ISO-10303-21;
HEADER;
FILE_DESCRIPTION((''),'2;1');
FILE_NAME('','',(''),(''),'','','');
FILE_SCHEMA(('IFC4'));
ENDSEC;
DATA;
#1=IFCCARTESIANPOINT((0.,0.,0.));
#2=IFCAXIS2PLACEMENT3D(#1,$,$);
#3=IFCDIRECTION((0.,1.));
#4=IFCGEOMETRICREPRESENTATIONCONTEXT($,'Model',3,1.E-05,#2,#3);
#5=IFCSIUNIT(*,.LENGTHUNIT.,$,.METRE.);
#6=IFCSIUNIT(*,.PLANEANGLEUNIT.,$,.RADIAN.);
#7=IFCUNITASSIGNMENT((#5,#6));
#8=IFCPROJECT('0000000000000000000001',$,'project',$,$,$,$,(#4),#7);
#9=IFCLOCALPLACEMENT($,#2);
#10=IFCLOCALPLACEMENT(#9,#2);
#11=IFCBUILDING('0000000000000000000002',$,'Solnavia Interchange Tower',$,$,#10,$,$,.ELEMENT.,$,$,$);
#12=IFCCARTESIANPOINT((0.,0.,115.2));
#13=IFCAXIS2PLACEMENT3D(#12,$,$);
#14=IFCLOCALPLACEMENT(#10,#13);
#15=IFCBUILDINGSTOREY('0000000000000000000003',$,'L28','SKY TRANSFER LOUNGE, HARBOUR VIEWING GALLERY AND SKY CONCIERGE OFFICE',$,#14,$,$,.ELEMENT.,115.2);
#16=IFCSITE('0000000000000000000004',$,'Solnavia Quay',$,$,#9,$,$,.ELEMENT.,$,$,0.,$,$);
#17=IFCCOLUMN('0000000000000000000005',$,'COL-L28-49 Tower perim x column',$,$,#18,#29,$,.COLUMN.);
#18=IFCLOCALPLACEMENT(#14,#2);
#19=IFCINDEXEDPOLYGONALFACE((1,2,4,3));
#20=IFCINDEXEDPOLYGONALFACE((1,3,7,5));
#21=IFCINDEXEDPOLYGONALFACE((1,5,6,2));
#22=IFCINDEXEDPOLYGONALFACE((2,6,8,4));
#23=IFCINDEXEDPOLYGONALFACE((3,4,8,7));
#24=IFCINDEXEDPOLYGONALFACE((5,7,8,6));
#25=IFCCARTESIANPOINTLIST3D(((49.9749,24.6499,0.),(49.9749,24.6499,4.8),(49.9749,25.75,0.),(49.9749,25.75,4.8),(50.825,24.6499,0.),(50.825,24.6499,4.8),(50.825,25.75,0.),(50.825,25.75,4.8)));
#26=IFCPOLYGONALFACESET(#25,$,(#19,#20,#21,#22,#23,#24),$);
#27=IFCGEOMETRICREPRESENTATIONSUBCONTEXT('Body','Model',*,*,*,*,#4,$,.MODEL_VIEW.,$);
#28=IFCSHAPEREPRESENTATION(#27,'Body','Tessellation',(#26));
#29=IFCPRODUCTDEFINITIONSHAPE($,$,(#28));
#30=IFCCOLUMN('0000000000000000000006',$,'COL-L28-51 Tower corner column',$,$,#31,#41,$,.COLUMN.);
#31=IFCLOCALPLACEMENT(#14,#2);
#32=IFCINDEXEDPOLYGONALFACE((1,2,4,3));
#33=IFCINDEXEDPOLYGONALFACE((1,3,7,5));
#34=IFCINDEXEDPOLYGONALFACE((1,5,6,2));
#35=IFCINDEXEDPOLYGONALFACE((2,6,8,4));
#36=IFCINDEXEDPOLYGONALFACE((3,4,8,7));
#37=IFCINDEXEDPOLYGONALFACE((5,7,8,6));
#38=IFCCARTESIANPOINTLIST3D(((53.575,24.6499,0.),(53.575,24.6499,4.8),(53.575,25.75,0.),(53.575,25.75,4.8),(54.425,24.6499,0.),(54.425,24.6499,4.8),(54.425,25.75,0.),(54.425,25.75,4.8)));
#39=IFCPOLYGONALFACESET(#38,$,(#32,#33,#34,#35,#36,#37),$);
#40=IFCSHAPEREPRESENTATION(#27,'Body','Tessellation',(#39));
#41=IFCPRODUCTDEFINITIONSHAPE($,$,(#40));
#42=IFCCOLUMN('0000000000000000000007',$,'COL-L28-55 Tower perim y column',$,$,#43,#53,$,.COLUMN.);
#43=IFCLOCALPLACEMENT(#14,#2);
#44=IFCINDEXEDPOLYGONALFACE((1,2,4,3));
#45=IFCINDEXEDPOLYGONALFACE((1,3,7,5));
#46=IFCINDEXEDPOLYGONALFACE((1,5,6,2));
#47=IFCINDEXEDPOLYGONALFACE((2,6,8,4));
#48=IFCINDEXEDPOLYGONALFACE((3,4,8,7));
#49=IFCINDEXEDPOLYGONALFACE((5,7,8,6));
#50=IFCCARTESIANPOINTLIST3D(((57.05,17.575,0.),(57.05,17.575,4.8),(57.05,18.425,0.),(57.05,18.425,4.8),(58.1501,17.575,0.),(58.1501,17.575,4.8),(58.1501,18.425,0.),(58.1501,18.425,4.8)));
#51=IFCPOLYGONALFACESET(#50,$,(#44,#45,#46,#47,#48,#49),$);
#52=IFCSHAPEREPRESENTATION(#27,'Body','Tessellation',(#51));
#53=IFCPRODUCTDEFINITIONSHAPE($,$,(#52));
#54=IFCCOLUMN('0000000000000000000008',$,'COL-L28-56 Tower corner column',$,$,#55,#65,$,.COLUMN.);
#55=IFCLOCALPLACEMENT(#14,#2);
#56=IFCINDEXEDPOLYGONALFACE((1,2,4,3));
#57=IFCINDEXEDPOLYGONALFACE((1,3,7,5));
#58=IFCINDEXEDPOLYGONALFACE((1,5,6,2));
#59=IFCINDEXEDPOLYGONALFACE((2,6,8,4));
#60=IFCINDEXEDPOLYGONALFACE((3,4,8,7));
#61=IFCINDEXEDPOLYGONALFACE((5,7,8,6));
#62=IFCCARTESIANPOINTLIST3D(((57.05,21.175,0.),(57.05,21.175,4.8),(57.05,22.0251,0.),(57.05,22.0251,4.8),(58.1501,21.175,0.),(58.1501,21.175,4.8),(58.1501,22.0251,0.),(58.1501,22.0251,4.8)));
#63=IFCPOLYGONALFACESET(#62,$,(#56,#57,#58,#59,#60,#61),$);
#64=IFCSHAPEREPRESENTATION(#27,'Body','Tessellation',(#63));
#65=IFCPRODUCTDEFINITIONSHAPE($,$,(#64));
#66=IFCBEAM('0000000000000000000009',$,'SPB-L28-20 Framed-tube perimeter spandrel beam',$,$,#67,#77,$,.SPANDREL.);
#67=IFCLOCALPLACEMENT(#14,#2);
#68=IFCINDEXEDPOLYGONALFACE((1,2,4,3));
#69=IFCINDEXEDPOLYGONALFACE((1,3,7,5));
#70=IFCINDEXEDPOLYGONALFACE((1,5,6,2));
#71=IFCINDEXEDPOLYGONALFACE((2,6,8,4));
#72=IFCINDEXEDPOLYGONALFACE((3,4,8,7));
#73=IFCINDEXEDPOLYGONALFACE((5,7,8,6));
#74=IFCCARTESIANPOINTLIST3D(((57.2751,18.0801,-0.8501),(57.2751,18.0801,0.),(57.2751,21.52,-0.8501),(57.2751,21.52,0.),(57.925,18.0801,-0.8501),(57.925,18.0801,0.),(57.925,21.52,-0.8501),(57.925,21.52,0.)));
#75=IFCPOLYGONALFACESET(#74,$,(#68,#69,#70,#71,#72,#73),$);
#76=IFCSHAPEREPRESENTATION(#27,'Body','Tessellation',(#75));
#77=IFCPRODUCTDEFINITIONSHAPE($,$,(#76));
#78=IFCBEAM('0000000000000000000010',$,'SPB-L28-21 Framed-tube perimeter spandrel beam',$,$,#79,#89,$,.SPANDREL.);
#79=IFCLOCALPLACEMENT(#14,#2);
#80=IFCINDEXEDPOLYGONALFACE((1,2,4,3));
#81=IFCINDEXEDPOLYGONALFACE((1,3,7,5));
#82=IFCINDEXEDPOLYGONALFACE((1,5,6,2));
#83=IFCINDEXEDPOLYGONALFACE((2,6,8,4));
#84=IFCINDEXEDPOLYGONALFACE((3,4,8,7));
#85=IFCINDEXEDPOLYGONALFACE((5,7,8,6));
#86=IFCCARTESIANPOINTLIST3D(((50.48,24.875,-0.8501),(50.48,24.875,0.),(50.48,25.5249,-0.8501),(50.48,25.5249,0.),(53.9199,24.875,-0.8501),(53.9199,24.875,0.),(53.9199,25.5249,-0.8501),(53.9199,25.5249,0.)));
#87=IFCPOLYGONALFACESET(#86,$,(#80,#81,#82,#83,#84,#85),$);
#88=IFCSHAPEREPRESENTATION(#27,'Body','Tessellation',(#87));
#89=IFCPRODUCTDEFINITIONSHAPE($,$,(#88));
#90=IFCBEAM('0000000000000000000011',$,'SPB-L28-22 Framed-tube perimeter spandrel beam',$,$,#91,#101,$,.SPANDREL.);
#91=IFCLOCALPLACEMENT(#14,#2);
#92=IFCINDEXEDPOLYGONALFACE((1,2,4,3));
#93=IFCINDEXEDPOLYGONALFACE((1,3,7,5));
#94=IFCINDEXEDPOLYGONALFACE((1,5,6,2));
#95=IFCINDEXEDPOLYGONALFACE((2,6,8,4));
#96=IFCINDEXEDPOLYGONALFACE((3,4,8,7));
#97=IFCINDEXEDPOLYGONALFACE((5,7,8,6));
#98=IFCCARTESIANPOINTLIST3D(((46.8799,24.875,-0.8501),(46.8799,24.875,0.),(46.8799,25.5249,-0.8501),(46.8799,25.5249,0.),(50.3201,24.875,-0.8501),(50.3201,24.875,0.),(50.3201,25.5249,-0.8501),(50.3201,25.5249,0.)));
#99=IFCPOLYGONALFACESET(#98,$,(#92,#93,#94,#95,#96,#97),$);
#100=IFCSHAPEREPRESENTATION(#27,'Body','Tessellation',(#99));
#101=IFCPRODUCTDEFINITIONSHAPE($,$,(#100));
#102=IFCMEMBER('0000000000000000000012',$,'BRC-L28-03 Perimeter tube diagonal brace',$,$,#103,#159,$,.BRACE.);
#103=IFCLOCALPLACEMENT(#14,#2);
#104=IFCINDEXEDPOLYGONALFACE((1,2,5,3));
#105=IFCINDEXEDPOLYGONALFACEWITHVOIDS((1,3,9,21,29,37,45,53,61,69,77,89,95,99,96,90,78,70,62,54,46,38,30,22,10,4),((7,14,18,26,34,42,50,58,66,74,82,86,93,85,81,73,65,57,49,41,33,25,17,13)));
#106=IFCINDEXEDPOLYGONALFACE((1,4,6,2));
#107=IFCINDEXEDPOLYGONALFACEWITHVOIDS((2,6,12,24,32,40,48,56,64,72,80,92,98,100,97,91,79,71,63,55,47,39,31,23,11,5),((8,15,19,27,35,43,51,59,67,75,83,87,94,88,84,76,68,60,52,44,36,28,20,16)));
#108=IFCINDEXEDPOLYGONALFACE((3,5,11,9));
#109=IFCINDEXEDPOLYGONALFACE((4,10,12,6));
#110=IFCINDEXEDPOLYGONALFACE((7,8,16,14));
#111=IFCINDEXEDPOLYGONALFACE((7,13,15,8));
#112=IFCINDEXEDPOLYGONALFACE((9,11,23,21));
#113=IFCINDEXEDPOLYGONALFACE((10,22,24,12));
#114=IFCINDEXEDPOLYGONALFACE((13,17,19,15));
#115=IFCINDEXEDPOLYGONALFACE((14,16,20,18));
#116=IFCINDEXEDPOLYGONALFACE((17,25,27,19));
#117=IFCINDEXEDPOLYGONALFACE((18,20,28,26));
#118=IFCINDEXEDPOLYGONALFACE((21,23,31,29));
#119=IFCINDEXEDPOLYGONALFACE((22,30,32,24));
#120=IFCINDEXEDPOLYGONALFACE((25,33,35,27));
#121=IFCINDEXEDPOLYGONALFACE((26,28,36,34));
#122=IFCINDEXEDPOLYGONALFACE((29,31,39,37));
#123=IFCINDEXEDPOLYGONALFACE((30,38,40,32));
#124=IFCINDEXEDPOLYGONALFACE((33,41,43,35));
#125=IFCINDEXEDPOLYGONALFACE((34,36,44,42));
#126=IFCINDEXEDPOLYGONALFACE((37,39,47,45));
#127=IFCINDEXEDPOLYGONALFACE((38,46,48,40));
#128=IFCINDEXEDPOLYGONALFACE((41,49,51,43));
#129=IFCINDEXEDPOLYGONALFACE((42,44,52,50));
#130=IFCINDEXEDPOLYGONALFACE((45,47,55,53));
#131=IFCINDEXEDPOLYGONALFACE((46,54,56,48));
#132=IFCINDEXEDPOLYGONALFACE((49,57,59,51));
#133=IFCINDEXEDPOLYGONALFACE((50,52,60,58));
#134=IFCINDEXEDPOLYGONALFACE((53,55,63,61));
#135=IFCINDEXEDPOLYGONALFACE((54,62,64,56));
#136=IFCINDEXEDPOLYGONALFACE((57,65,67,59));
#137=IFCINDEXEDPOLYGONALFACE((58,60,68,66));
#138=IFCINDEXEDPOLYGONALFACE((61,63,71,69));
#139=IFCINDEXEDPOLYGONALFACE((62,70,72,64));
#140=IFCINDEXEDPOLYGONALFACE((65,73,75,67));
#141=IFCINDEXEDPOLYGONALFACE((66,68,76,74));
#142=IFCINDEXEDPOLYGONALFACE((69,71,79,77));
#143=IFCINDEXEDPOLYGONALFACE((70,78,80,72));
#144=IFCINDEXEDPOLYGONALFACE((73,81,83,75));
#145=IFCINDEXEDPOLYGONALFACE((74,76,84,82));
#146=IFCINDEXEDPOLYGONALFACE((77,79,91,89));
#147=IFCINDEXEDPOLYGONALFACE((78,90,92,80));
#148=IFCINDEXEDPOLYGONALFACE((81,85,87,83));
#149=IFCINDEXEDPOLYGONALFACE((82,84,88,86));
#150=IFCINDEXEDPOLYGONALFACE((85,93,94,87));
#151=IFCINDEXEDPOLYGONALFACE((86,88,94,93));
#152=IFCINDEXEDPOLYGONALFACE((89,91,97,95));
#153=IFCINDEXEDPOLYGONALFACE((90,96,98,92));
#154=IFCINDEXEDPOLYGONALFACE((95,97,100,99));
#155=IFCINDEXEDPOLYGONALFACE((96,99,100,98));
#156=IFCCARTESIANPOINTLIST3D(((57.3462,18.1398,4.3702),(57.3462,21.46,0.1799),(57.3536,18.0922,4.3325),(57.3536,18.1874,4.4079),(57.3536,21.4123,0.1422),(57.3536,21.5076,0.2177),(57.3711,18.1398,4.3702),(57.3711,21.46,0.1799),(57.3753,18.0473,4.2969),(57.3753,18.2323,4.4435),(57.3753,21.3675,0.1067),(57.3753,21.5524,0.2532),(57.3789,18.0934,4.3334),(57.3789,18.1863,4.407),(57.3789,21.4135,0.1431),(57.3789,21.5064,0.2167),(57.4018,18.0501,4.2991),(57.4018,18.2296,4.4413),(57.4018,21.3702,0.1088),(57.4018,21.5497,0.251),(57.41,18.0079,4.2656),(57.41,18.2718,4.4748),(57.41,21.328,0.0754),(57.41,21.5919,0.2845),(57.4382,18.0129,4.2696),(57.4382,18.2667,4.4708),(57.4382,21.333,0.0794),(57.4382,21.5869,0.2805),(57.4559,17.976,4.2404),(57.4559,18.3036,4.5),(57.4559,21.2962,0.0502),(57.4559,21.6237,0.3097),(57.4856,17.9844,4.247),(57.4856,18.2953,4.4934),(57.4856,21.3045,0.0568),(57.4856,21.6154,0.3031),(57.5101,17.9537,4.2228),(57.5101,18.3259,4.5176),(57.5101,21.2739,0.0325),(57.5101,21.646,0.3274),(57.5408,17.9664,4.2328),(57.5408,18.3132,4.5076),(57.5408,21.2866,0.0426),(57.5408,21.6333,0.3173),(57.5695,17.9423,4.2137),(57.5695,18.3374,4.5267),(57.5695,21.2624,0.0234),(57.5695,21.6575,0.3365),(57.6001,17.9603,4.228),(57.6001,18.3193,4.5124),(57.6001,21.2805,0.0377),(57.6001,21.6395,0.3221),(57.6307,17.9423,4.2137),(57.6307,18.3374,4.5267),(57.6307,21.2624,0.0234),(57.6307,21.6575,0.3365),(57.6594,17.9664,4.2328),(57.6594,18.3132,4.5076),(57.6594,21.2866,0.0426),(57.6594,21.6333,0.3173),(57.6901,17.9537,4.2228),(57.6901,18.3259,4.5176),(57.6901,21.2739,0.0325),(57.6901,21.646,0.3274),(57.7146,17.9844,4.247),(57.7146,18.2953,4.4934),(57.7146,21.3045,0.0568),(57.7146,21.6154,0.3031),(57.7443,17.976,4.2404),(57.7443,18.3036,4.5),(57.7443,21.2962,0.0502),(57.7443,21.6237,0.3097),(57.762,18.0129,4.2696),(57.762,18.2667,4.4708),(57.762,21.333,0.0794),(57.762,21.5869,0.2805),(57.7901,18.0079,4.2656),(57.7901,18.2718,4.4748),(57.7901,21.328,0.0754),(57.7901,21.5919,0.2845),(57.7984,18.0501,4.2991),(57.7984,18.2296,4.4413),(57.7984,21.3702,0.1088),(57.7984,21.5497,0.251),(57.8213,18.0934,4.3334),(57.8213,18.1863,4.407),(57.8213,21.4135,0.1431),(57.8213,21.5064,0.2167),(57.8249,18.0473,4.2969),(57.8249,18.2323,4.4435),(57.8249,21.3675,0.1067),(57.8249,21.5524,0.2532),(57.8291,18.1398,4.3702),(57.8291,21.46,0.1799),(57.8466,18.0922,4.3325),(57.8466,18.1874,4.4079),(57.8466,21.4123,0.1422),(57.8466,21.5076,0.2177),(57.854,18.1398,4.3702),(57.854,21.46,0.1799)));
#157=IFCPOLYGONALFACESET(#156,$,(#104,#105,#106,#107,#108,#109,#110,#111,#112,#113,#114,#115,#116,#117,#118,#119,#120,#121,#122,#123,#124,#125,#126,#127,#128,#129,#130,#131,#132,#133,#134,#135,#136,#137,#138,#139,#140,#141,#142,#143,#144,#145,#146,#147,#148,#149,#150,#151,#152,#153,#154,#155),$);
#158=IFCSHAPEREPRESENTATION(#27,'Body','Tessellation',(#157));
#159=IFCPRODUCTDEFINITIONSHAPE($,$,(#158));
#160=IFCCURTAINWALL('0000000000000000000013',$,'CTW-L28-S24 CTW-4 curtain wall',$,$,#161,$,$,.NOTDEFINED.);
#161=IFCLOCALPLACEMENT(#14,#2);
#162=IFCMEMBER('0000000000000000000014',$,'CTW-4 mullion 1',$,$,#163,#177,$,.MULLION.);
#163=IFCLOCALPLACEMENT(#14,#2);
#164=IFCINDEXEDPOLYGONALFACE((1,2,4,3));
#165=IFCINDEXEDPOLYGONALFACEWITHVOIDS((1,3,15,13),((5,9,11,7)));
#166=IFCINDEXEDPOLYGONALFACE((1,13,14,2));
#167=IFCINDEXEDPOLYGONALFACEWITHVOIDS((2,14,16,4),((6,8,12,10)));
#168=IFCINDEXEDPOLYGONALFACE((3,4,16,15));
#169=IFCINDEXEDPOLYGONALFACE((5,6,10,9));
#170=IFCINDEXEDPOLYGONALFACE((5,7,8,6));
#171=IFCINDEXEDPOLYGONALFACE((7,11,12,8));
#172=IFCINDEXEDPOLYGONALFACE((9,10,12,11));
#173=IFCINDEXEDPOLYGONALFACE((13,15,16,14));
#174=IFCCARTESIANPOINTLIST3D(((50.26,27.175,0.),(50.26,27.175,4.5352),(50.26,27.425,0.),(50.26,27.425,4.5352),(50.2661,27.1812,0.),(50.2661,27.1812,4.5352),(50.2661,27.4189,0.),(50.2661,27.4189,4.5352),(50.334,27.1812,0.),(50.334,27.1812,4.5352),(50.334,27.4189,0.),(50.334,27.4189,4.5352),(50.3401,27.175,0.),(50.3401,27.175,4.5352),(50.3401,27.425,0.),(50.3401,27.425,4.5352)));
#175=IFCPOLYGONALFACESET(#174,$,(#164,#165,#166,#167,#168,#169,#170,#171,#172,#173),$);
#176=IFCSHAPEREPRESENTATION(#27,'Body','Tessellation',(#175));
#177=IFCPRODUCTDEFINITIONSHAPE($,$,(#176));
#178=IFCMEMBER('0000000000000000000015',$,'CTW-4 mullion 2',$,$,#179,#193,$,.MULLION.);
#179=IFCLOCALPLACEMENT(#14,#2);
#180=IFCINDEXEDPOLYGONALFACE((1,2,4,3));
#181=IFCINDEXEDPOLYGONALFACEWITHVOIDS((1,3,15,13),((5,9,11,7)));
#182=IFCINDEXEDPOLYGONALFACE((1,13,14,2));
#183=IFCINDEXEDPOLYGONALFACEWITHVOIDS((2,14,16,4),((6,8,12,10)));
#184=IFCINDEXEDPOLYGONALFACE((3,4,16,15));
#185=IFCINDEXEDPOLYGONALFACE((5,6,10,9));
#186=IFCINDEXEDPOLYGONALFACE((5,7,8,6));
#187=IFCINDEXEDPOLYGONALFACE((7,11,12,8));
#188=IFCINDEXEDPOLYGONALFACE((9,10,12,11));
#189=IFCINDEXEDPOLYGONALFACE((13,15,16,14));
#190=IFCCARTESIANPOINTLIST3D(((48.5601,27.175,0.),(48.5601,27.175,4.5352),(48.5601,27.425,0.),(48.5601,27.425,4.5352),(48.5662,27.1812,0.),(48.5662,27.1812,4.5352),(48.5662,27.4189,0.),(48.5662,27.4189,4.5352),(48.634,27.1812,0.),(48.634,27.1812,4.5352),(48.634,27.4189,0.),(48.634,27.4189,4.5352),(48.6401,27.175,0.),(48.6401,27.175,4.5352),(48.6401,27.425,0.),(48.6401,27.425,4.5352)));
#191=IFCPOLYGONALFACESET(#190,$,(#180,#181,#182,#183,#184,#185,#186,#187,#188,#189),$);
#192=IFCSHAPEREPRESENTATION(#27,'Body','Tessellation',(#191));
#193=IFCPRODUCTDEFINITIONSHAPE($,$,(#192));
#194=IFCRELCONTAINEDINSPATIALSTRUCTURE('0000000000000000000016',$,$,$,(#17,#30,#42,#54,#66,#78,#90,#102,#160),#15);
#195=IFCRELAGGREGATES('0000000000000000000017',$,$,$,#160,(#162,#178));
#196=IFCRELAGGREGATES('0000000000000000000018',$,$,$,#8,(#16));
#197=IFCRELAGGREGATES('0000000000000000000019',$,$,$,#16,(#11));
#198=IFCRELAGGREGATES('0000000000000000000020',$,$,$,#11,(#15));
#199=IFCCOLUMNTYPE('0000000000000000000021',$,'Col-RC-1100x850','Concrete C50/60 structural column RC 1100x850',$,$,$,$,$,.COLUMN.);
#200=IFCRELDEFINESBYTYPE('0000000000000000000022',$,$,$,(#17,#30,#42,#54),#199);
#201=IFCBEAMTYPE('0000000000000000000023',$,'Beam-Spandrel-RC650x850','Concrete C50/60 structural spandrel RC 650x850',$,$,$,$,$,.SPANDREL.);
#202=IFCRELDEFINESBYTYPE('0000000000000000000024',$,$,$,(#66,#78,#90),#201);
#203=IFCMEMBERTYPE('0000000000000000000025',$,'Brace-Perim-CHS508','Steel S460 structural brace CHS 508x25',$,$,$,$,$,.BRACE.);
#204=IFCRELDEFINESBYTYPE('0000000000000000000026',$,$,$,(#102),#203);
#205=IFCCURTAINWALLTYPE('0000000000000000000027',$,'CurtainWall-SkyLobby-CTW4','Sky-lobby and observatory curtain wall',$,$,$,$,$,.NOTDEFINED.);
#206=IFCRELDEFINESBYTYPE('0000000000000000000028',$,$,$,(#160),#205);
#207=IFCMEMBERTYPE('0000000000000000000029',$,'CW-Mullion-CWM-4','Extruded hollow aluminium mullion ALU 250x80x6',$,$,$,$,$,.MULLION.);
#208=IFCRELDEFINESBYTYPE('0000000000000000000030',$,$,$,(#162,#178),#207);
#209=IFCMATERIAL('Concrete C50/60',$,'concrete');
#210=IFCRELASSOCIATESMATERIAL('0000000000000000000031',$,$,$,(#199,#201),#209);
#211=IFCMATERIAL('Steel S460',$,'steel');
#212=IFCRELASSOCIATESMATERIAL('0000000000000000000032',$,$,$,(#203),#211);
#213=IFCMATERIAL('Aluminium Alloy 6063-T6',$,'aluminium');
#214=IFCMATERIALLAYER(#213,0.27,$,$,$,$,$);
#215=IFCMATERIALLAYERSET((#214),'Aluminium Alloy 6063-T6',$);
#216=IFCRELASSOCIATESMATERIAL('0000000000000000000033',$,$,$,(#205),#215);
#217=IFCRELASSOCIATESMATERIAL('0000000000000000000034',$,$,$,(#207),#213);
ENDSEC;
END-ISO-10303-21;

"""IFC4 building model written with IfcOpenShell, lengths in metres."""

from ifc_helpers import new_model, si_unit, direction, frame, origin, origin_2d, place, context, subcontext, project, spatial, rectangle, hollow_rectangle, hollow_circle, extrude, material, layer, layer_set, material_profile, profile_set, type_object, element, aggregate, save


model = new_model("IFC4")

# Units and contexts
model_context = context("Model", 3, precision=1e-05, world=origin(), true_north=direction((0.0, 1.0)))
body_context = subcontext(model_context, "Body", "Model", "MODEL_VIEW")
ifc_project = project(units=[si_unit("LENGTHUNIT", "METRE"), si_unit("PLANEANGLEUNIT", "RADIAN")], contexts=[model_context])

# Site, building, storey
site_placement = place(None, origin())
site = spatial("IfcSite", under=ifc_project, at=site_placement, Name="Solnavia Quay", CompositionType="ELEMENT", RefElevation=0.0)
building_placement = place(site_placement, origin())
building = spatial("IfcBuilding", under=site, at=building_placement, Name="Solnavia Interchange Tower", CompositionType="ELEMENT")
storey_placement = place(building_placement, frame((0.0, 0.0, 115.2)))
storey = spatial("IfcBuildingStorey", under=building, at=storey_placement, Name="L28", Description="SKY TRANSFER LOUNGE, HARBOUR VIEWING GALLERY AND SKY CONCIERGE OFFICE", CompositionType="ELEMENT", Elevation=115.2)

# Columns
ifc_material_1 = material(Name="Concrete C50/60", Category="concrete")
ifc_material_profile_1 = material_profile(ifc_material_1, rectangle(XDim=0.8501, YDim=1.1001, at=origin_2d()), Name="RC 1100x850")
ifc_profile_set_1 = profile_set([ifc_material_profile_1], Name="Concrete C50/60")
column_type = type_object("IfcColumnType", Name="Col-RC-1100x850", Description="Concrete C50/60 structural column RC 1100x850", PredefinedType="COLUMN", material=ifc_profile_set_1)
for number, where, z_axis, x_axis, name in (
    (1, (50.3999, 25.2, 0.0), (0.0, 0.0, 1.0), (1.0, 0.0, 0.0), "COL-L28-49 Tower perim x column"),
    (2, (54.0, 25.2, 0.0), (0.0, 0.0, 1.0), (1.0, 0.0, 0.0), "COL-L28-51 Tower corner column"),
    (3, (57.6001, 18.0, 0.0), (0.0, 0.0, 1.0), (0.0, 1.0, 0.0), "COL-L28-55 Tower perim y column"),
    (4, (57.6001, 21.6001, 0.0), (0.0, 0.0, 1.0), (0.0, 1.0, 0.0), "COL-L28-56 Tower corner column"),
):
    element("IfcColumn", number, at=place(storey_placement, frame(where, z_axis=z_axis, x_axis=x_axis)), inside=storey, type_object=column_type, Name=name, PredefinedType="COLUMN", context=body_context, shape_type="SweptSolid", body=[
        extrude(rectangle(XDim=0.8501, YDim=1.1001, at=origin_2d()), origin(), (0.0, 0.0, 1.0), 4.8),
    ])

# Beams
ifc_material_profile_2 = material_profile(ifc_material_1, rectangle(XDim=0.6499, YDim=0.8501, at=origin_2d()), Name="RC 650x850")
ifc_profile_set_2 = profile_set([ifc_material_profile_2], Name="Concrete C50/60")
beam_type = type_object("IfcBeamType", Name="Beam-Spandrel-RC650x850", Description="Concrete C50/60 structural spandrel RC 650x850", PredefinedType="SPANDREL", material=ifc_profile_set_2)
for number, where, z_axis, x_axis, name in (
    (5, (57.6001, 18.0801, -0.425), (0.0, 1.0, 0.0), (-1.0, 0.0, 0.0), "SPB-L28-20 Framed-tube perimeter spandrel beam"),
    (6, (53.9199, 25.2, -0.425), (-1.0, 0.0, 0.0), (0.0, -1.0, 0.0), "SPB-L28-21 Framed-tube perimeter spandrel beam"),
):
    element("IfcBeam", number, at=place(storey_placement, frame(where, z_axis=z_axis, x_axis=x_axis)), inside=storey, type_object=beam_type, Name=name, PredefinedType="SPANDREL", context=body_context, shape_type="SweptSolid", body=[
        extrude(rectangle(XDim=0.6499, YDim=0.8501, at=origin_2d()), origin(), (0.0, 0.0, 1.0), 3.4399),
    ])
beam_placement = place(storey_placement, frame((50.3201, 25.2, -0.425), z_axis=(-1.0, 0.0, 0.0), x_axis=(0.0, -1.0, 0.0)))
element("IfcBeam", 7, at=beam_placement, inside=storey, type_object=beam_type, Name="SPB-L28-22 Framed-tube perimeter spandrel beam", PredefinedType="SPANDREL", context=body_context, shape_type="SweptSolid", body=[
    extrude(rectangle(XDim=0.6499, YDim=0.8501, at=origin_2d()), origin(), (0.0, 0.0, 1.0), 3.4402),
])

# Member
ifc_material_2 = material(Name="Steel S460", Category="steel")
ifc_material_profile_3 = material_profile(ifc_material_2, hollow_circle(Radius=0.2539, WallThickness=0.0249, at=origin_2d()), Name="CHS 508x25")
ifc_profile_set_3 = profile_set([ifc_material_profile_3], Name="Steel S460")
member_type_1 = type_object("IfcMemberType", Name="Brace-Perim-CHS508", Description="Steel S460 structural brace CHS 508x25", PredefinedType="BRACE", material=ifc_profile_set_3)
member_1_placement = place(storey_placement, frame((57.6001, 21.46, 0.1799), z_axis=(0.0, -0.621029, 0.783787), x_axis=(1.0, 0.0, 0.0)))
element("IfcMember", 8, at=member_1_placement, inside=storey, type_object=member_type_1, Name="BRC-L28-03 Perimeter tube diagonal brace", PredefinedType="BRACE", context=body_context, shape_type="SweptSolid", body=[
    extrude(hollow_circle(Radius=0.2539, WallThickness=0.0249, at=origin_2d()), origin(), (0.0, 0.0, 1.0), 5.3462),
])

# Curtain wall, members
ifc_material_3 = material(Name="Aluminium Alloy 6063-T6", Category="aluminium")
ifc_layer_1 = layer(ifc_material_3, 0.27)
ifc_layer_set_1 = layer_set([ifc_layer_1], Name="Aluminium Alloy 6063-T6")
curtain_wall_type = type_object("IfcCurtainWallType", Name="CurtainWall-SkyLobby-CTW4", Description="Sky-lobby and observatory curtain wall", PredefinedType="NOTDEFINED", material=ifc_layer_set_1)
curtain_wall_placement = place(storey_placement, origin())
curtain_wall = element("IfcCurtainWall", 9, at=curtain_wall_placement, inside=storey, type_object=curtain_wall_type, Name="CTW-L28-S24 CTW-4 curtain wall", PredefinedType="NOTDEFINED")
ifc_material_profile_4 = material_profile(ifc_material_3, hollow_rectangle(XDim=0.0801, YDim=0.25, WallThickness=0.0061, at=origin_2d()), Name="ALU 250x80x6")
ifc_profile_set_4 = profile_set([ifc_material_profile_4], Name="Aluminium Alloy 6063-T6")
member_type_2 = type_object("IfcMemberType", Name="CW-Mullion-CWM-4", Description="Extruded hollow aluminium mullion ALU 250x80x6", PredefinedType="MULLION", material=ifc_profile_set_4)
member_2_placement = place(storey_placement, frame((50.3, 27.3, 0.0), z_axis=(0.0, 0.0, 1.0), x_axis=(-1.0, 0.0, 0.0)))
member_2 = element("IfcMember", 10, at=member_2_placement, type_object=member_type_2, Name="CTW-4 mullion 1", PredefinedType="MULLION", context=body_context, shape_type="SweptSolid", body=[
    extrude(hollow_rectangle(XDim=0.0801, YDim=0.25, WallThickness=0.0061, at=origin_2d()), origin(), (0.0, 0.0, 1.0), 4.5352),
])
member_3_placement = place(storey_placement, frame((48.6001, 27.3, 0.0), z_axis=(0.0, 0.0, 1.0), x_axis=(-1.0, 0.0, 0.0)))
member_3 = element("IfcMember", 11, at=member_3_placement, type_object=member_type_2, Name="CTW-4 mullion 2", PredefinedType="MULLION", context=body_context, shape_type="SweptSolid", body=[
    extrude(hollow_rectangle(XDim=0.0801, YDim=0.25, WallThickness=0.0061, at=origin_2d()), origin(), (0.0, 0.0, 1.0), 4.5352),
])
aggregate(curtain_wall, [member_2, member_3])

save(model, "model.ifc")
